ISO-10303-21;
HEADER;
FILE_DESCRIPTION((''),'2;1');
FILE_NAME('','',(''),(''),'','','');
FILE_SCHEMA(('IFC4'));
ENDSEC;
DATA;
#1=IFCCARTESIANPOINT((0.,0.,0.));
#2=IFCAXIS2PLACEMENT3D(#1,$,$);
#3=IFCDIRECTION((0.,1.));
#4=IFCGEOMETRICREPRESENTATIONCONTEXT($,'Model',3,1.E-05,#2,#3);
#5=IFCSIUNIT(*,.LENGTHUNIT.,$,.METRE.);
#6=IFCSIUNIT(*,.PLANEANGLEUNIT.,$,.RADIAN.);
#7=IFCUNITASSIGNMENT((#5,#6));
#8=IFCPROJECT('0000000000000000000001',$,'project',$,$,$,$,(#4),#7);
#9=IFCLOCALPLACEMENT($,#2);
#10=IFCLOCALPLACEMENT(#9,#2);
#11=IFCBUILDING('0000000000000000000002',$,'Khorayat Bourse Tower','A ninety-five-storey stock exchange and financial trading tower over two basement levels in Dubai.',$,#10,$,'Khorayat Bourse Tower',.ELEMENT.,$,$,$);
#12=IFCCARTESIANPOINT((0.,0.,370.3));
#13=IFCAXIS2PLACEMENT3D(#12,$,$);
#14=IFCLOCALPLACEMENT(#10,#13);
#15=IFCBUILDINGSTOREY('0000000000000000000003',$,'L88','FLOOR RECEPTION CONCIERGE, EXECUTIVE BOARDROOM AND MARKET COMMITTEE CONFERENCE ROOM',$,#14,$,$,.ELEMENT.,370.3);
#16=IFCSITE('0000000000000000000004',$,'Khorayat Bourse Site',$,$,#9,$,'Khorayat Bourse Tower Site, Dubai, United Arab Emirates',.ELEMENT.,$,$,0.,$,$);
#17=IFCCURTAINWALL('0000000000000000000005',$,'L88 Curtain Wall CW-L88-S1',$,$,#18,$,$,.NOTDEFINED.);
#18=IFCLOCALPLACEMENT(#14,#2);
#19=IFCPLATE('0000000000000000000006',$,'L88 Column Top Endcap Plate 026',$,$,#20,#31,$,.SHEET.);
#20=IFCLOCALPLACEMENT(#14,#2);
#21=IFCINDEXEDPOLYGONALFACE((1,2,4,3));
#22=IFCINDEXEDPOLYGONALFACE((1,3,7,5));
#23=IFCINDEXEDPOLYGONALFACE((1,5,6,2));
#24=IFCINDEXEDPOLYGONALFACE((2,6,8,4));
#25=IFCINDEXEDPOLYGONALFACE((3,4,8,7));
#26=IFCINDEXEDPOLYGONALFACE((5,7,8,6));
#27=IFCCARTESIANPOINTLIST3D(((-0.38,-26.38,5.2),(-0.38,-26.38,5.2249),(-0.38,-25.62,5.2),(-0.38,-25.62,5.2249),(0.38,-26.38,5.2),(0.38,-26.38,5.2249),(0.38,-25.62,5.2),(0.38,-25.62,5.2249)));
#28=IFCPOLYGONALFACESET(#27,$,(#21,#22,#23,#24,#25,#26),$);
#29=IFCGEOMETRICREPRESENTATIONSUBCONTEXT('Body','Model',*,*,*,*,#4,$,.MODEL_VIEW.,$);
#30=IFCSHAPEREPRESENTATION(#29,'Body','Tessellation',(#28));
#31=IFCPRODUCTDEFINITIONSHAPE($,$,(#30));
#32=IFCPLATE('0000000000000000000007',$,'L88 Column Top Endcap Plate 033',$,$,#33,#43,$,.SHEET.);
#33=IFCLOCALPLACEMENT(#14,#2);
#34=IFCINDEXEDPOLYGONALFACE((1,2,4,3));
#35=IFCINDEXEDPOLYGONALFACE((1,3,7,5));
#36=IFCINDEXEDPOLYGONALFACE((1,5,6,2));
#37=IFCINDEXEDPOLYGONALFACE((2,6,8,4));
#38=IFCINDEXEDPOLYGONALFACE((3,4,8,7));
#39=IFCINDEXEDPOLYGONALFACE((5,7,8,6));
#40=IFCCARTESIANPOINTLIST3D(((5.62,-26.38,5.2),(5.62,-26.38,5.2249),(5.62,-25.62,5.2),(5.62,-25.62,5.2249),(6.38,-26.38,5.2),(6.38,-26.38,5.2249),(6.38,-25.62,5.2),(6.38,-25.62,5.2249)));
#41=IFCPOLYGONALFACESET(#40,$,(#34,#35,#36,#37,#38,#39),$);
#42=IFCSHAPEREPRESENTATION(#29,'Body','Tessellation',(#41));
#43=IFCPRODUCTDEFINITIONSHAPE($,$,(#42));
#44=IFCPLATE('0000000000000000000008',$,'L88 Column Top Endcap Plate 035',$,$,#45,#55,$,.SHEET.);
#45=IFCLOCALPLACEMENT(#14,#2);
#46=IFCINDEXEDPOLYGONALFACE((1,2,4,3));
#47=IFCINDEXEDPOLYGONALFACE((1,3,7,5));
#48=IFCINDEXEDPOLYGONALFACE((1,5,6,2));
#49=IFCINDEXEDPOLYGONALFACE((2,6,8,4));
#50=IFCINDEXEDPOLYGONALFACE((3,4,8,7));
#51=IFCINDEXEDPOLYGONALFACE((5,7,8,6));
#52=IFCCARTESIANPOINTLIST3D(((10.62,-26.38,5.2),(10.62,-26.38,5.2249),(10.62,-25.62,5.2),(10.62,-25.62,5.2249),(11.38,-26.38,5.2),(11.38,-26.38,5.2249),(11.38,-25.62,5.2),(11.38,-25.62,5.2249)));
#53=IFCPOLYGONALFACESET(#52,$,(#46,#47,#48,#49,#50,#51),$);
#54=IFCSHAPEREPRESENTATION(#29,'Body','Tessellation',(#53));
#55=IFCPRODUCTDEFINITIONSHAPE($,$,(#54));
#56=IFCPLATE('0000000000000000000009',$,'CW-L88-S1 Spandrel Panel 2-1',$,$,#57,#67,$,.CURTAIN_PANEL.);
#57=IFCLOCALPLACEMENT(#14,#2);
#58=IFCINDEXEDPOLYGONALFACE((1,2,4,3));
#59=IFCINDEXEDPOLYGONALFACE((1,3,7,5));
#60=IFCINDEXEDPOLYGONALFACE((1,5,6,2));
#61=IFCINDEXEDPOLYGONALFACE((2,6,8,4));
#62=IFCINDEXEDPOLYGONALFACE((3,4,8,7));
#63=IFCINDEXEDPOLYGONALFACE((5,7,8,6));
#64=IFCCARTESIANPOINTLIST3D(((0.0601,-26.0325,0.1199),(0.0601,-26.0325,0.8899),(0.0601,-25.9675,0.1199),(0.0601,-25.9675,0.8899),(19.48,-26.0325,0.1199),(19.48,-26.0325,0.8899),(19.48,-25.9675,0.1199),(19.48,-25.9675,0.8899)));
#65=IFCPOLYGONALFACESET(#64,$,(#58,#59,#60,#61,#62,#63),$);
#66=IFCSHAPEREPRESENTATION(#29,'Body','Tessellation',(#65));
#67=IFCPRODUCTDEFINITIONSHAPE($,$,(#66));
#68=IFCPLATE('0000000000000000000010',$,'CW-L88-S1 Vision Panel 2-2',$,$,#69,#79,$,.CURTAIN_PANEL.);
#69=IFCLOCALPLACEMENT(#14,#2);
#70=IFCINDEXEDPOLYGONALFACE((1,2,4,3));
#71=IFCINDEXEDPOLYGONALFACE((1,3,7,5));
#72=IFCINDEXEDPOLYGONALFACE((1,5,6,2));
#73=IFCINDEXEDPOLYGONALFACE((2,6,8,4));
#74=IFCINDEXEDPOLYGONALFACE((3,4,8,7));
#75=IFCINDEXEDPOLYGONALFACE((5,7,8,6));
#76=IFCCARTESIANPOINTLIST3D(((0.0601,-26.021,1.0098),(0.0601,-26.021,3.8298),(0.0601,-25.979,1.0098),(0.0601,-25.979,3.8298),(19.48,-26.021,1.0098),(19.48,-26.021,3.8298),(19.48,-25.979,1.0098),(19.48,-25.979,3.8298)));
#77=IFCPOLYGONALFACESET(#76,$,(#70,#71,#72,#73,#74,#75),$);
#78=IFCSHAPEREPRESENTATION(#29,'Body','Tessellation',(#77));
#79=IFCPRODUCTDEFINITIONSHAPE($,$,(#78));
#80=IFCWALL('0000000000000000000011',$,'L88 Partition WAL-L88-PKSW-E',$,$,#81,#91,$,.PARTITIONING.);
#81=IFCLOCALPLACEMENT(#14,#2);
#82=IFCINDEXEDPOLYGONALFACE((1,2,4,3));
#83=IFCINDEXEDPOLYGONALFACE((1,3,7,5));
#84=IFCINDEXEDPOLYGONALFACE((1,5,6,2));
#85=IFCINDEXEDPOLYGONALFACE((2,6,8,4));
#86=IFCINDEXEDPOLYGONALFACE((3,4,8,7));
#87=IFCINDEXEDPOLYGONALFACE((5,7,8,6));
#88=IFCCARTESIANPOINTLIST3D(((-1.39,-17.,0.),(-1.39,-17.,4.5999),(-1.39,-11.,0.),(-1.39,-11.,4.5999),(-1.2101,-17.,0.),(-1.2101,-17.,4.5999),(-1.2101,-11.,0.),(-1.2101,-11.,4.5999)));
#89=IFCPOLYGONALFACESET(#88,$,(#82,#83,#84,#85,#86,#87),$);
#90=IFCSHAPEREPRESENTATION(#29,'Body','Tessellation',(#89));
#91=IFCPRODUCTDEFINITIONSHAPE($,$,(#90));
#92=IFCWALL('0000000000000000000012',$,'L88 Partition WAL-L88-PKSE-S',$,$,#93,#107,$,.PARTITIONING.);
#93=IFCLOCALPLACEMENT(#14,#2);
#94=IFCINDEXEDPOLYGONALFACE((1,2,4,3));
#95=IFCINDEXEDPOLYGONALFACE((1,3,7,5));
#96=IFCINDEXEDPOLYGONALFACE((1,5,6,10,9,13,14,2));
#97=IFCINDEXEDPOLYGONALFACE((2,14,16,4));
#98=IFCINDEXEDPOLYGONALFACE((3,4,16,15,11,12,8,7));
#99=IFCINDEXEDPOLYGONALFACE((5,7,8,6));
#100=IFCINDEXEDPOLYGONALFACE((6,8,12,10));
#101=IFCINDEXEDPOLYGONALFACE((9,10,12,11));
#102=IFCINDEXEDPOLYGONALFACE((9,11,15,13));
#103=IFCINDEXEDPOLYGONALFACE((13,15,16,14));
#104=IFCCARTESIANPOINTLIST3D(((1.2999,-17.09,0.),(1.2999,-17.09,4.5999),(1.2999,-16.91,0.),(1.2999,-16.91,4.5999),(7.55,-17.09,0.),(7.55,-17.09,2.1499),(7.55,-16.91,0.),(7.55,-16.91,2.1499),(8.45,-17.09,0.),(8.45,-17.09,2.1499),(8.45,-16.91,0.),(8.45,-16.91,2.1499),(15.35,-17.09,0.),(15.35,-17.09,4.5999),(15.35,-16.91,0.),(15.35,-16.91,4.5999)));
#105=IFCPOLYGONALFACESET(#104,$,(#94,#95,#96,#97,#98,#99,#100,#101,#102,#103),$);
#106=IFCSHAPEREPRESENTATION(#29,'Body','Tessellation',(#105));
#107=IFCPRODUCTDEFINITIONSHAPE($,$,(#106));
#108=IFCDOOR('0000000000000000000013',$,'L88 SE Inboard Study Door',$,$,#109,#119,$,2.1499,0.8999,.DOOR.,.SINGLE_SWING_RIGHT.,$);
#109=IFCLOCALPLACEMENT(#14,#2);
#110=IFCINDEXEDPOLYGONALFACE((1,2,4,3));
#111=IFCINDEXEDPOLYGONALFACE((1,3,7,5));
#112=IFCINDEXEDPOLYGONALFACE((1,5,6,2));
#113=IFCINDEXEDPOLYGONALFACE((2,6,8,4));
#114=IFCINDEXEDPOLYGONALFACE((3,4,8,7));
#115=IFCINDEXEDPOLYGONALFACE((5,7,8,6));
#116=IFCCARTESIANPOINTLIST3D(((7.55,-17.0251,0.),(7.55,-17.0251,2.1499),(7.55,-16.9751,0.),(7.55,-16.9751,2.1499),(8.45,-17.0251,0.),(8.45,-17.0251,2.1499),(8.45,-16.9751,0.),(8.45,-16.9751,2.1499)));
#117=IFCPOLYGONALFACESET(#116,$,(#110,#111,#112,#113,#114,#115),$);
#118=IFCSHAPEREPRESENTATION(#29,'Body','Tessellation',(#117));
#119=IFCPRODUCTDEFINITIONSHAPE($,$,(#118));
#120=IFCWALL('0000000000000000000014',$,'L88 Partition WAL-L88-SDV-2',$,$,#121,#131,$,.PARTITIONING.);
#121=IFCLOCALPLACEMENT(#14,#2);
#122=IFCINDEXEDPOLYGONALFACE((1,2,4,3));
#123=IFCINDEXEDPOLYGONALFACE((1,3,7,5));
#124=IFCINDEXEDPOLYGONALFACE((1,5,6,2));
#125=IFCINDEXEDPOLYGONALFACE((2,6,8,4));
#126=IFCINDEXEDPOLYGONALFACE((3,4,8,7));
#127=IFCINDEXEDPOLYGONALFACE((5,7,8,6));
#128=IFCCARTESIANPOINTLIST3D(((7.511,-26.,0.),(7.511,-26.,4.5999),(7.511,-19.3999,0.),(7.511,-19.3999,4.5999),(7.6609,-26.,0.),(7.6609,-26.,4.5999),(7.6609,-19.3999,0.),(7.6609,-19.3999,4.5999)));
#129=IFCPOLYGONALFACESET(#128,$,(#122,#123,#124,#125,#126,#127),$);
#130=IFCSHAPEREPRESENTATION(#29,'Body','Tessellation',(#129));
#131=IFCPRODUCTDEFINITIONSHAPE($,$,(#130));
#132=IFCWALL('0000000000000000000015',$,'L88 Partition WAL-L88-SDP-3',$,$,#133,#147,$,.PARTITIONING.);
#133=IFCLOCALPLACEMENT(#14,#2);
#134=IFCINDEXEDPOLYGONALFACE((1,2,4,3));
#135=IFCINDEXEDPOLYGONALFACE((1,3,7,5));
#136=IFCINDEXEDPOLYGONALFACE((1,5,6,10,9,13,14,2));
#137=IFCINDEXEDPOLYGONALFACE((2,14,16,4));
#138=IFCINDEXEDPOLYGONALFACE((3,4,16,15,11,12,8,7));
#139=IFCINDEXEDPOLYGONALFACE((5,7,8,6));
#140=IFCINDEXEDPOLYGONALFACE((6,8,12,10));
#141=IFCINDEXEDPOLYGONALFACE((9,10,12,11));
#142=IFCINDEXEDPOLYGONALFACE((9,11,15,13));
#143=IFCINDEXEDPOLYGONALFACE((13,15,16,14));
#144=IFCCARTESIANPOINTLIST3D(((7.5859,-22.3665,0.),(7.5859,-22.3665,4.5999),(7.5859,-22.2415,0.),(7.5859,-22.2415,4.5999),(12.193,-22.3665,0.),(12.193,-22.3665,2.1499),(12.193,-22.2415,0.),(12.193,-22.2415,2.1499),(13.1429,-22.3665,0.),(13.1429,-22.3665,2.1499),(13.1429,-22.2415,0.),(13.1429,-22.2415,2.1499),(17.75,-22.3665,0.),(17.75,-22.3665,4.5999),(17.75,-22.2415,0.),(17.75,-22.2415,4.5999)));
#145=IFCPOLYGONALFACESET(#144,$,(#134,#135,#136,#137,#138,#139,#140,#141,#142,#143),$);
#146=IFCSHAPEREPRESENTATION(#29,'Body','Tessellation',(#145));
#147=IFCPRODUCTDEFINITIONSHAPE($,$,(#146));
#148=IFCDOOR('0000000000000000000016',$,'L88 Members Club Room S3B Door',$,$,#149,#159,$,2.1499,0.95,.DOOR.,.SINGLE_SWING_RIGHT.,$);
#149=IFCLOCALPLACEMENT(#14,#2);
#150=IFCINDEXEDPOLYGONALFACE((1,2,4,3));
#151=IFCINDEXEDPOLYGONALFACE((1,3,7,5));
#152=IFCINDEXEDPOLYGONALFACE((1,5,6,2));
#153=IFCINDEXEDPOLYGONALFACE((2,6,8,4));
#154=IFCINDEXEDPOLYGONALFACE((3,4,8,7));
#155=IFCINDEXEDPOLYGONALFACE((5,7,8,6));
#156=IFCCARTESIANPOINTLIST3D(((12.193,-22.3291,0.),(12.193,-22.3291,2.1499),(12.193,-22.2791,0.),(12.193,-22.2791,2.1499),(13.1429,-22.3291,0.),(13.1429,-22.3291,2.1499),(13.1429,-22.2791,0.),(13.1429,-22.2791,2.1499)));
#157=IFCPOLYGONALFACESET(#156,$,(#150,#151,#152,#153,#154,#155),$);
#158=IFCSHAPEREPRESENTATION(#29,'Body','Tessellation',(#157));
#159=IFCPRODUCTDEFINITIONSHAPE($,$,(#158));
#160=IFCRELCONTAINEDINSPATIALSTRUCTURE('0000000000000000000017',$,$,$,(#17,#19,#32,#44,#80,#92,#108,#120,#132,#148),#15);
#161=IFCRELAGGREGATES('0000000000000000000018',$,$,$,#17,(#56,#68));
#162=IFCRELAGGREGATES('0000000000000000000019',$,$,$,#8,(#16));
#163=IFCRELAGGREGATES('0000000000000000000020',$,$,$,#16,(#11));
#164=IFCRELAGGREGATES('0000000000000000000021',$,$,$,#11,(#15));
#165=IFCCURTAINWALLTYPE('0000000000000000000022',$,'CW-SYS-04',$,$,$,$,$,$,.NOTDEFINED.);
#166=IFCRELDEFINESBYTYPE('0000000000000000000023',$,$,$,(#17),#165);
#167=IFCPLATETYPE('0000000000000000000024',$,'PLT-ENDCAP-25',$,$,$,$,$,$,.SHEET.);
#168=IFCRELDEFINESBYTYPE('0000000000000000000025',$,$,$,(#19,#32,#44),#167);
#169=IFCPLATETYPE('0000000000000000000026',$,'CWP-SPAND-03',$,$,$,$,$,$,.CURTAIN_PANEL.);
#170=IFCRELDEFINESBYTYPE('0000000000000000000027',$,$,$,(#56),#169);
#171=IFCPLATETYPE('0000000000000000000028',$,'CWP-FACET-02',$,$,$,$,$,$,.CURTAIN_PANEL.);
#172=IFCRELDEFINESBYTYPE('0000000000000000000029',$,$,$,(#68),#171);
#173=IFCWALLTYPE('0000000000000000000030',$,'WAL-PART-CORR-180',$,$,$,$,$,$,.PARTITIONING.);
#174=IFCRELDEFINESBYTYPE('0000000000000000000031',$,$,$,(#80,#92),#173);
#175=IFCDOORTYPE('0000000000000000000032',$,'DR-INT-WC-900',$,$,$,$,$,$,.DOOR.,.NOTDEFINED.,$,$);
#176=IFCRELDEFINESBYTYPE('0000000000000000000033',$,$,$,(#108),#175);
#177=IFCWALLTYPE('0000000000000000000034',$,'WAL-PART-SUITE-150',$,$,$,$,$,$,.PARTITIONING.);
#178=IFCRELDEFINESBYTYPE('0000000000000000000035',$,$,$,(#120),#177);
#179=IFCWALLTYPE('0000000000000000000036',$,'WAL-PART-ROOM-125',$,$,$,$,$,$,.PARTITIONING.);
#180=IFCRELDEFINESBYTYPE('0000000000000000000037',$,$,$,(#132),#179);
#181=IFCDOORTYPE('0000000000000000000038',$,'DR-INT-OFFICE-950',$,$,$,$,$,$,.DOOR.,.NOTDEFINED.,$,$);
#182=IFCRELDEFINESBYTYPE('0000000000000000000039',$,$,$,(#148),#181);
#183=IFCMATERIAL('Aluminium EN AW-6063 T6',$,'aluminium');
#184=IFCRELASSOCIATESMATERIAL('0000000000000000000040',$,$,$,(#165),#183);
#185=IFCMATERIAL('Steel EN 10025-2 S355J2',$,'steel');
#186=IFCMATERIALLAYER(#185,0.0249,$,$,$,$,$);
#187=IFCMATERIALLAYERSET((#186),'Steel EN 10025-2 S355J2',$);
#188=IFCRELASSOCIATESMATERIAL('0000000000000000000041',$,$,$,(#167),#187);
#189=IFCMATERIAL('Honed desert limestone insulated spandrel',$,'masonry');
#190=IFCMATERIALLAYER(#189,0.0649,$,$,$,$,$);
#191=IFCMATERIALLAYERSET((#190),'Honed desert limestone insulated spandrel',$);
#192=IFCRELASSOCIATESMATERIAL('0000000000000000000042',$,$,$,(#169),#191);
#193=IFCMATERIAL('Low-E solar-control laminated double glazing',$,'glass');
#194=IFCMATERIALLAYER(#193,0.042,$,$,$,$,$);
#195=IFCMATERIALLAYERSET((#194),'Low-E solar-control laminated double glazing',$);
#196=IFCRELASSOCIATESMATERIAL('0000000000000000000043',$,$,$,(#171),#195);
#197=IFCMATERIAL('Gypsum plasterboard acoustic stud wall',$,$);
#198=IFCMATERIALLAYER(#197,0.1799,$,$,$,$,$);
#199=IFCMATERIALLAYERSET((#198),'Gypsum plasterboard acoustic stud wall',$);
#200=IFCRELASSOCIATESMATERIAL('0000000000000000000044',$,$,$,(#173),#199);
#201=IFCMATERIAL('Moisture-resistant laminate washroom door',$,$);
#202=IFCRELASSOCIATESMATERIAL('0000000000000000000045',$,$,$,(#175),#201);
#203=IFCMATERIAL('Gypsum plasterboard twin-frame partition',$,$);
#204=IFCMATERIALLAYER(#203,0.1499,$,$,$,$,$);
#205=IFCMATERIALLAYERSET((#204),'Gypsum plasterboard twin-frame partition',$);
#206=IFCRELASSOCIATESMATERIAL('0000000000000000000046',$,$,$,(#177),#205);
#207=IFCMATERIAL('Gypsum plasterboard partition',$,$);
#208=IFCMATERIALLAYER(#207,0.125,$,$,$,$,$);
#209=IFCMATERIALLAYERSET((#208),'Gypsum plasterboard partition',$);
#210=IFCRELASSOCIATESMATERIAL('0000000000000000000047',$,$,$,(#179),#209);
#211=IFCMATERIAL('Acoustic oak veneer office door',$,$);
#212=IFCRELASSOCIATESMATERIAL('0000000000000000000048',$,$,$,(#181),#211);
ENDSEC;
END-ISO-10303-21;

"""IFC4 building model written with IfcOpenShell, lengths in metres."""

from ifc_helpers import new_model, si_unit, direction, frame, frame_2d, origin, origin_2d, place, context, subcontext, project, spatial, rectangle, extrude, source, transform, mapped, material, layer, layer_set, type_object, element, fill, aggregate, save


model = new_model("IFC4")

# Units and contexts
model_context = context("Model", 3, precision=1e-05, world=origin(), true_north=direction((0.0, 1.0)))
body_context = subcontext(model_context, "Body", "Model", "MODEL_VIEW")
ifc_project = project(units=[si_unit("LENGTHUNIT", "METRE"), si_unit("PLANEANGLEUNIT", "RADIAN")], contexts=[model_context])

# Site, building, storey
site_placement = place(None, origin())
site = spatial("IfcSite", under=ifc_project, at=site_placement, Name="Khorayat Bourse Site", LongName="Khorayat Bourse Tower Site, Dubai, United Arab Emirates", CompositionType="ELEMENT", RefElevation=0.0)
building_placement = place(site_placement, origin())
building = spatial("IfcBuilding", under=site, at=building_placement, Name="Khorayat Bourse Tower", Description="A ninety-five-storey stock exchange and financial trading tower over two basement levels in Dubai.", LongName="Khorayat Bourse Tower", CompositionType="ELEMENT")
storey_placement = place(building_placement, frame((0.0, 0.0, 370.3)))
storey = spatial("IfcBuildingStorey", under=building, at=storey_placement, Name="L88", Description="FLOOR RECEPTION CONCIERGE, EXECUTIVE BOARDROOM AND MARKET COMMITTEE CONFERENCE ROOM", CompositionType="ELEMENT", Elevation=370.3)

# Shared definitions
ifc_material_1 = material(Name="Steel EN 10025-2 S355J2", Category="steel")

# Curtain wall
ifc_material_2 = material(Name="Aluminium EN AW-6063 T6", Category="aluminium")
curtain_wall_type = type_object("IfcCurtainWallType", Name="CW-SYS-04", PredefinedType="NOTDEFINED", material=ifc_material_2)
curtain_wall_placement = place(storey_placement, origin())
curtain_wall = element("IfcCurtainWall", 1, at=curtain_wall_placement, inside=storey, type_object=curtain_wall_type, Name="L88 Curtain Wall CW-L88-S1", PredefinedType="NOTDEFINED")

# Plates
ifc_layer_1 = layer(ifc_material_1, 0.0249)
ifc_layer_set_1 = layer_set([ifc_layer_1], Name="Steel EN 10025-2 S355J2")
plate_type_1 = type_object("IfcPlateType", Name="PLT-ENDCAP-25", PredefinedType="SHEET", material=ifc_layer_set_1)
shared_shape_1 = source(origin(), body_context, "Body", "SweptSolid", [
    extrude(rectangle(XDim=0.76, YDim=0.76, at=origin_2d()), origin(), (0.0, 0.0, 1.0), 0.0249),
])
for number, where, z_axis, x_axis, name in (
    (2, (0.0, -26.0, 5.2), (0.0, 0.0, 1.0), (1.0, 0.0, 0.0), "L88 Column Top Endcap Plate 026"),
    (3, (6.0, -26.0, 5.2), (0.0, 0.0, 1.0), (1.0, 0.0, 0.0), "L88 Column Top Endcap Plate 033"),
    (4, (11.0, -26.0, 5.2), (0.0, 0.0, 1.0), (1.0, 0.0, 0.0), "L88 Column Top Endcap Plate 035"),
):
    element("IfcPlate", number, at=place(storey_placement, frame(where, z_axis=z_axis, x_axis=x_axis)), inside=storey, type_object=plate_type_1, Name=name, PredefinedType="SHEET", context=body_context, shape_type="MappedRepresentation", body=[
        mapped(shared_shape_1, transform((0.0, 0.0, 0.0), scale=1.0)),
    ])

# Plates
ifc_material_3 = material(Name="Honed desert limestone insulated spandrel", Category="masonry")
ifc_layer_2 = layer(ifc_material_3, 0.0649)
ifc_layer_set_2 = layer_set([ifc_layer_2], Name="Honed desert limestone insulated spandrel")
plate_type_2 = type_object("IfcPlateType", Name="CWP-SPAND-03", PredefinedType="CURTAIN_PANEL", material=ifc_layer_set_2)
shared_shape_2 = source(origin(), body_context, "Body", "SweptSolid", [
    extrude(rectangle(XDim=19.4199, YDim=0.0649, at=origin_2d()), origin(), (0.0, 0.0, 1.0), 0.77),
])
plate_1_placement = place(storey_placement, frame((9.77, -26.0, 0.1199), z_axis=(0.0, 0.0, 1.0), x_axis=(1.0, 0.0, 0.0)))
plate_1 = element("IfcPlate", 5, at=plate_1_placement, type_object=plate_type_2, Name="CW-L88-S1 Spandrel Panel 2-1", PredefinedType="CURTAIN_PANEL", context=body_context, shape_type="MappedRepresentation", body=[
    mapped(shared_shape_2, transform((0.0, 0.0, 0.0), scale=1.0)),
])
ifc_material_4 = material(Name="Low-E solar-control laminated double glazing", Category="glass")
ifc_layer_3 = layer(ifc_material_4, 0.042)
ifc_layer_set_3 = layer_set([ifc_layer_3], Name="Low-E solar-control laminated double glazing")
plate_type_3 = type_object("IfcPlateType", Name="CWP-FACET-02", PredefinedType="CURTAIN_PANEL", material=ifc_layer_set_3)
shared_shape_3 = source(origin(), body_context, "Body", "SweptSolid", [
    extrude(rectangle(XDim=19.4199, YDim=0.042, at=origin_2d()), origin(), (0.0, 0.0, 1.0), 2.8201),
])
plate_2_placement = place(storey_placement, frame((9.77, -26.0, 1.0098), z_axis=(0.0, 0.0, 1.0), x_axis=(1.0, 0.0, 0.0)))
plate_2 = element("IfcPlate", 6, at=plate_2_placement, type_object=plate_type_3, Name="CW-L88-S1 Vision Panel 2-2", PredefinedType="CURTAIN_PANEL", context=body_context, shape_type="MappedRepresentation", body=[
    mapped(shared_shape_3, transform((0.0, 0.0, 0.0), scale=1.0)),
])
aggregate(curtain_wall, [plate_1, plate_2])

# Wall
ifc_material_5 = material(Name="Gypsum plasterboard acoustic stud wall")
ifc_layer_4 = layer(ifc_material_5, 0.1799)
ifc_layer_set_4 = layer_set([ifc_layer_4], Name="Gypsum plasterboard acoustic stud wall")
wall_type_1 = type_object("IfcWallType", Name="WAL-PART-CORR-180", PredefinedType="PARTITIONING", material=ifc_layer_set_4)
shared_shape_4 = source(origin(), body_context, "Body", "SweptSolid", [
    extrude(rectangle(XDim=6.0, YDim=0.1799, at=frame_2d((3.0, 0.0))), origin(), (0.0, 0.0, 1.0), 4.5999),
])
wall_1_placement = place(storey_placement, frame((-1.3, -17.0, 0.0), z_axis=(0.0, 0.0, 1.0), x_axis=(0.0, 1.0, 0.0)))
element("IfcWall", 7, at=wall_1_placement, inside=storey, type_object=wall_type_1, Name="L88 Partition WAL-L88-PKSW-E", PredefinedType="PARTITIONING", context=body_context, shape_type="MappedRepresentation", body=[
    mapped(shared_shape_4, transform((0.0, 0.0, 0.0), scale=1.0)),
])

# Wall, opening, door
shared_shape_5 = source(origin(), body_context, "Body", "SweptSolid", [
    extrude(rectangle(XDim=14.05, YDim=0.1799, at=frame_2d((7.0249, 0.0))), origin(), (0.0, 0.0, 1.0), 4.5999),
])
wall_2_placement = place(storey_placement, frame((1.3, -17.0, 0.0), z_axis=(0.0, 0.0, 1.0), x_axis=(1.0, 0.0, 0.0)))
wall_2 = element("IfcWall", 8, at=wall_2_placement, inside=storey, type_object=wall_type_1, Name="L88 Partition WAL-L88-PKSE-S", PredefinedType="PARTITIONING", context=body_context, shape_type="MappedRepresentation", body=[
    mapped(shared_shape_5, transform((0.0, 0.0, 0.0), scale=1.0)),
])
shared_shape_6 = source(origin(), body_context, "Body", "SweptSolid", [
    extrude(rectangle(XDim=0.8999, YDim=2.1499, at=frame_2d((0.45, 1.075))), frame((0.0, 0.0999, 0.0), z_axis=(0.0, -1.0, 0.0), x_axis=(1.0, 0.0, 0.0)), (0.0, 0.0, 1.0), 0.2),
])
opening_1_placement = place(wall_2_placement, frame((6.25, 0.0, 0.0)))
opening_1 = element("IfcOpeningElement", 9, at=opening_1_placement, cuts=wall_2, PredefinedType="OPENING", context=body_context, shape_type="MappedRepresentation", body=[
    mapped(shared_shape_6, transform((0.0, 0.0, 0.0), scale=1.0)),
])
ifc_material_6 = material(Name="Moisture-resistant laminate washroom door")
door_type_1 = type_object("IfcDoorType", Name="DR-INT-WC-900", OperationType="NOTDEFINED", PredefinedType="DOOR", material=ifc_material_6)
shared_shape_7 = source(origin(), body_context, "Body", "SweptSolid", [
    extrude(rectangle(XDim=0.8999, YDim=2.1499, at=frame_2d((0.45, 1.075))), frame((0.0, 0.0249, 0.0), z_axis=(0.0, -1.0, 0.0), x_axis=(1.0, 0.0, 0.0)), (0.0, 0.0, 1.0), 0.05),
])
door_1_placement = place(opening_1_placement, origin())
door_1 = element("IfcDoor", 10, at=door_1_placement, inside=storey, type_object=door_type_1, Name="L88 SE Inboard Study Door", OperationType="SINGLE_SWING_RIGHT", OverallHeight=2.1499, OverallWidth=0.8999, PredefinedType="DOOR", context=body_context, shape_type="MappedRepresentation", body=[
    mapped(shared_shape_7, transform((0.0, 0.0, 0.0), scale=1.0)),
])
fill(opening_1, door_1)

# Wall
ifc_material_7 = material(Name="Gypsum plasterboard twin-frame partition")
ifc_layer_5 = layer(ifc_material_7, 0.1499)
ifc_layer_set_5 = layer_set([ifc_layer_5], Name="Gypsum plasterboard twin-frame partition")
wall_type_2 = type_object("IfcWallType", Name="WAL-PART-SUITE-150", PredefinedType="PARTITIONING", material=ifc_layer_set_5)
shared_shape_8 = source(origin(), body_context, "Body", "SweptSolid", [
    extrude(rectangle(XDim=6.6001, YDim=0.1499, at=frame_2d((3.3, 0.0))), origin(), (0.0, 0.0, 1.0), 4.5999),
])
wall_3_placement = place(storey_placement, frame((7.5859, -26.0, 0.0), z_axis=(0.0, 0.0, 1.0), x_axis=(0.0, 1.0, 0.0)))
element("IfcWall", 11, at=wall_3_placement, inside=storey, type_object=wall_type_2, Name="L88 Partition WAL-L88-SDV-2", PredefinedType="PARTITIONING", context=body_context, shape_type="MappedRepresentation", body=[
    mapped(shared_shape_8, transform((0.0, 0.0, 0.0), scale=1.0)),
])

# Wall, opening, door
ifc_material_8 = material(Name="Gypsum plasterboard partition")
ifc_layer_6 = layer(ifc_material_8, 0.125)
ifc_layer_set_6 = layer_set([ifc_layer_6], Name="Gypsum plasterboard partition")
wall_type_3 = type_object("IfcWallType", Name="WAL-PART-ROOM-125", PredefinedType="PARTITIONING", material=ifc_layer_set_6)
shared_shape_9 = source(origin(), body_context, "Body", "SweptSolid", [
    extrude(rectangle(XDim=10.1641, YDim=0.125, at=frame_2d((5.082, 0.0))), origin(), (0.0, 0.0, 1.0), 4.5999),
])
wall_4_placement = place(storey_placement, frame((7.5859, -22.304, 0.0), z_axis=(0.0, 0.0, 1.0), x_axis=(1.0, 0.0, 0.0)))
wall_4 = element("IfcWall", 12, at=wall_4_placement, inside=storey, type_object=wall_type_3, Name="L88 Partition WAL-L88-SDP-3", PredefinedType="PARTITIONING", context=body_context, shape_type="MappedRepresentation", body=[
    mapped(shared_shape_9, transform((0.0, 0.0, 0.0), scale=1.0)),
])
shared_shape_10 = source(origin(), body_context, "Body", "SweptSolid", [
    extrude(rectangle(XDim=0.95, YDim=2.1499, at=frame_2d((0.4751, 1.075))), frame((0.0, 0.0725, 0.0), z_axis=(0.0, -1.0, 0.0), x_axis=(1.0, 0.0, 0.0)), (0.0, 0.0, 1.0), 0.145),
])
opening_2_placement = place(wall_4_placement, frame((4.6069, 0.0, 0.0)))
opening_2 = element("IfcOpeningElement", 13, at=opening_2_placement, cuts=wall_4, PredefinedType="OPENING", context=body_context, shape_type="MappedRepresentation", body=[
    mapped(shared_shape_10, transform((0.0, 0.0, 0.0), scale=1.0)),
])
ifc_material_9 = material(Name="Acoustic oak veneer office door")
door_type_2 = type_object("IfcDoorType", Name="DR-INT-OFFICE-950", OperationType="NOTDEFINED", PredefinedType="DOOR", material=ifc_material_9)
shared_shape_11 = source(origin(), body_context, "Body", "SweptSolid", [
    extrude(rectangle(XDim=0.95, YDim=2.1499, at=frame_2d((0.4751, 1.075))), frame((0.0, 0.0249, 0.0), z_axis=(0.0, -1.0, 0.0), x_axis=(1.0, 0.0, 0.0)), (0.0, 0.0, 1.0), 0.05),
])
door_2_placement = place(opening_2_placement, origin())
door_2 = element("IfcDoor", 14, at=door_2_placement, inside=storey, type_object=door_type_2, Name="L88 Members Club Room S3B Door", OperationType="SINGLE_SWING_RIGHT", OverallHeight=2.1499, OverallWidth=0.95, PredefinedType="DOOR", context=body_context, shape_type="MappedRepresentation", body=[
    mapped(shared_shape_11, transform((0.0, 0.0, 0.0), scale=1.0)),
])
fill(opening_2, door_2)

save(model, "model.ifc")
